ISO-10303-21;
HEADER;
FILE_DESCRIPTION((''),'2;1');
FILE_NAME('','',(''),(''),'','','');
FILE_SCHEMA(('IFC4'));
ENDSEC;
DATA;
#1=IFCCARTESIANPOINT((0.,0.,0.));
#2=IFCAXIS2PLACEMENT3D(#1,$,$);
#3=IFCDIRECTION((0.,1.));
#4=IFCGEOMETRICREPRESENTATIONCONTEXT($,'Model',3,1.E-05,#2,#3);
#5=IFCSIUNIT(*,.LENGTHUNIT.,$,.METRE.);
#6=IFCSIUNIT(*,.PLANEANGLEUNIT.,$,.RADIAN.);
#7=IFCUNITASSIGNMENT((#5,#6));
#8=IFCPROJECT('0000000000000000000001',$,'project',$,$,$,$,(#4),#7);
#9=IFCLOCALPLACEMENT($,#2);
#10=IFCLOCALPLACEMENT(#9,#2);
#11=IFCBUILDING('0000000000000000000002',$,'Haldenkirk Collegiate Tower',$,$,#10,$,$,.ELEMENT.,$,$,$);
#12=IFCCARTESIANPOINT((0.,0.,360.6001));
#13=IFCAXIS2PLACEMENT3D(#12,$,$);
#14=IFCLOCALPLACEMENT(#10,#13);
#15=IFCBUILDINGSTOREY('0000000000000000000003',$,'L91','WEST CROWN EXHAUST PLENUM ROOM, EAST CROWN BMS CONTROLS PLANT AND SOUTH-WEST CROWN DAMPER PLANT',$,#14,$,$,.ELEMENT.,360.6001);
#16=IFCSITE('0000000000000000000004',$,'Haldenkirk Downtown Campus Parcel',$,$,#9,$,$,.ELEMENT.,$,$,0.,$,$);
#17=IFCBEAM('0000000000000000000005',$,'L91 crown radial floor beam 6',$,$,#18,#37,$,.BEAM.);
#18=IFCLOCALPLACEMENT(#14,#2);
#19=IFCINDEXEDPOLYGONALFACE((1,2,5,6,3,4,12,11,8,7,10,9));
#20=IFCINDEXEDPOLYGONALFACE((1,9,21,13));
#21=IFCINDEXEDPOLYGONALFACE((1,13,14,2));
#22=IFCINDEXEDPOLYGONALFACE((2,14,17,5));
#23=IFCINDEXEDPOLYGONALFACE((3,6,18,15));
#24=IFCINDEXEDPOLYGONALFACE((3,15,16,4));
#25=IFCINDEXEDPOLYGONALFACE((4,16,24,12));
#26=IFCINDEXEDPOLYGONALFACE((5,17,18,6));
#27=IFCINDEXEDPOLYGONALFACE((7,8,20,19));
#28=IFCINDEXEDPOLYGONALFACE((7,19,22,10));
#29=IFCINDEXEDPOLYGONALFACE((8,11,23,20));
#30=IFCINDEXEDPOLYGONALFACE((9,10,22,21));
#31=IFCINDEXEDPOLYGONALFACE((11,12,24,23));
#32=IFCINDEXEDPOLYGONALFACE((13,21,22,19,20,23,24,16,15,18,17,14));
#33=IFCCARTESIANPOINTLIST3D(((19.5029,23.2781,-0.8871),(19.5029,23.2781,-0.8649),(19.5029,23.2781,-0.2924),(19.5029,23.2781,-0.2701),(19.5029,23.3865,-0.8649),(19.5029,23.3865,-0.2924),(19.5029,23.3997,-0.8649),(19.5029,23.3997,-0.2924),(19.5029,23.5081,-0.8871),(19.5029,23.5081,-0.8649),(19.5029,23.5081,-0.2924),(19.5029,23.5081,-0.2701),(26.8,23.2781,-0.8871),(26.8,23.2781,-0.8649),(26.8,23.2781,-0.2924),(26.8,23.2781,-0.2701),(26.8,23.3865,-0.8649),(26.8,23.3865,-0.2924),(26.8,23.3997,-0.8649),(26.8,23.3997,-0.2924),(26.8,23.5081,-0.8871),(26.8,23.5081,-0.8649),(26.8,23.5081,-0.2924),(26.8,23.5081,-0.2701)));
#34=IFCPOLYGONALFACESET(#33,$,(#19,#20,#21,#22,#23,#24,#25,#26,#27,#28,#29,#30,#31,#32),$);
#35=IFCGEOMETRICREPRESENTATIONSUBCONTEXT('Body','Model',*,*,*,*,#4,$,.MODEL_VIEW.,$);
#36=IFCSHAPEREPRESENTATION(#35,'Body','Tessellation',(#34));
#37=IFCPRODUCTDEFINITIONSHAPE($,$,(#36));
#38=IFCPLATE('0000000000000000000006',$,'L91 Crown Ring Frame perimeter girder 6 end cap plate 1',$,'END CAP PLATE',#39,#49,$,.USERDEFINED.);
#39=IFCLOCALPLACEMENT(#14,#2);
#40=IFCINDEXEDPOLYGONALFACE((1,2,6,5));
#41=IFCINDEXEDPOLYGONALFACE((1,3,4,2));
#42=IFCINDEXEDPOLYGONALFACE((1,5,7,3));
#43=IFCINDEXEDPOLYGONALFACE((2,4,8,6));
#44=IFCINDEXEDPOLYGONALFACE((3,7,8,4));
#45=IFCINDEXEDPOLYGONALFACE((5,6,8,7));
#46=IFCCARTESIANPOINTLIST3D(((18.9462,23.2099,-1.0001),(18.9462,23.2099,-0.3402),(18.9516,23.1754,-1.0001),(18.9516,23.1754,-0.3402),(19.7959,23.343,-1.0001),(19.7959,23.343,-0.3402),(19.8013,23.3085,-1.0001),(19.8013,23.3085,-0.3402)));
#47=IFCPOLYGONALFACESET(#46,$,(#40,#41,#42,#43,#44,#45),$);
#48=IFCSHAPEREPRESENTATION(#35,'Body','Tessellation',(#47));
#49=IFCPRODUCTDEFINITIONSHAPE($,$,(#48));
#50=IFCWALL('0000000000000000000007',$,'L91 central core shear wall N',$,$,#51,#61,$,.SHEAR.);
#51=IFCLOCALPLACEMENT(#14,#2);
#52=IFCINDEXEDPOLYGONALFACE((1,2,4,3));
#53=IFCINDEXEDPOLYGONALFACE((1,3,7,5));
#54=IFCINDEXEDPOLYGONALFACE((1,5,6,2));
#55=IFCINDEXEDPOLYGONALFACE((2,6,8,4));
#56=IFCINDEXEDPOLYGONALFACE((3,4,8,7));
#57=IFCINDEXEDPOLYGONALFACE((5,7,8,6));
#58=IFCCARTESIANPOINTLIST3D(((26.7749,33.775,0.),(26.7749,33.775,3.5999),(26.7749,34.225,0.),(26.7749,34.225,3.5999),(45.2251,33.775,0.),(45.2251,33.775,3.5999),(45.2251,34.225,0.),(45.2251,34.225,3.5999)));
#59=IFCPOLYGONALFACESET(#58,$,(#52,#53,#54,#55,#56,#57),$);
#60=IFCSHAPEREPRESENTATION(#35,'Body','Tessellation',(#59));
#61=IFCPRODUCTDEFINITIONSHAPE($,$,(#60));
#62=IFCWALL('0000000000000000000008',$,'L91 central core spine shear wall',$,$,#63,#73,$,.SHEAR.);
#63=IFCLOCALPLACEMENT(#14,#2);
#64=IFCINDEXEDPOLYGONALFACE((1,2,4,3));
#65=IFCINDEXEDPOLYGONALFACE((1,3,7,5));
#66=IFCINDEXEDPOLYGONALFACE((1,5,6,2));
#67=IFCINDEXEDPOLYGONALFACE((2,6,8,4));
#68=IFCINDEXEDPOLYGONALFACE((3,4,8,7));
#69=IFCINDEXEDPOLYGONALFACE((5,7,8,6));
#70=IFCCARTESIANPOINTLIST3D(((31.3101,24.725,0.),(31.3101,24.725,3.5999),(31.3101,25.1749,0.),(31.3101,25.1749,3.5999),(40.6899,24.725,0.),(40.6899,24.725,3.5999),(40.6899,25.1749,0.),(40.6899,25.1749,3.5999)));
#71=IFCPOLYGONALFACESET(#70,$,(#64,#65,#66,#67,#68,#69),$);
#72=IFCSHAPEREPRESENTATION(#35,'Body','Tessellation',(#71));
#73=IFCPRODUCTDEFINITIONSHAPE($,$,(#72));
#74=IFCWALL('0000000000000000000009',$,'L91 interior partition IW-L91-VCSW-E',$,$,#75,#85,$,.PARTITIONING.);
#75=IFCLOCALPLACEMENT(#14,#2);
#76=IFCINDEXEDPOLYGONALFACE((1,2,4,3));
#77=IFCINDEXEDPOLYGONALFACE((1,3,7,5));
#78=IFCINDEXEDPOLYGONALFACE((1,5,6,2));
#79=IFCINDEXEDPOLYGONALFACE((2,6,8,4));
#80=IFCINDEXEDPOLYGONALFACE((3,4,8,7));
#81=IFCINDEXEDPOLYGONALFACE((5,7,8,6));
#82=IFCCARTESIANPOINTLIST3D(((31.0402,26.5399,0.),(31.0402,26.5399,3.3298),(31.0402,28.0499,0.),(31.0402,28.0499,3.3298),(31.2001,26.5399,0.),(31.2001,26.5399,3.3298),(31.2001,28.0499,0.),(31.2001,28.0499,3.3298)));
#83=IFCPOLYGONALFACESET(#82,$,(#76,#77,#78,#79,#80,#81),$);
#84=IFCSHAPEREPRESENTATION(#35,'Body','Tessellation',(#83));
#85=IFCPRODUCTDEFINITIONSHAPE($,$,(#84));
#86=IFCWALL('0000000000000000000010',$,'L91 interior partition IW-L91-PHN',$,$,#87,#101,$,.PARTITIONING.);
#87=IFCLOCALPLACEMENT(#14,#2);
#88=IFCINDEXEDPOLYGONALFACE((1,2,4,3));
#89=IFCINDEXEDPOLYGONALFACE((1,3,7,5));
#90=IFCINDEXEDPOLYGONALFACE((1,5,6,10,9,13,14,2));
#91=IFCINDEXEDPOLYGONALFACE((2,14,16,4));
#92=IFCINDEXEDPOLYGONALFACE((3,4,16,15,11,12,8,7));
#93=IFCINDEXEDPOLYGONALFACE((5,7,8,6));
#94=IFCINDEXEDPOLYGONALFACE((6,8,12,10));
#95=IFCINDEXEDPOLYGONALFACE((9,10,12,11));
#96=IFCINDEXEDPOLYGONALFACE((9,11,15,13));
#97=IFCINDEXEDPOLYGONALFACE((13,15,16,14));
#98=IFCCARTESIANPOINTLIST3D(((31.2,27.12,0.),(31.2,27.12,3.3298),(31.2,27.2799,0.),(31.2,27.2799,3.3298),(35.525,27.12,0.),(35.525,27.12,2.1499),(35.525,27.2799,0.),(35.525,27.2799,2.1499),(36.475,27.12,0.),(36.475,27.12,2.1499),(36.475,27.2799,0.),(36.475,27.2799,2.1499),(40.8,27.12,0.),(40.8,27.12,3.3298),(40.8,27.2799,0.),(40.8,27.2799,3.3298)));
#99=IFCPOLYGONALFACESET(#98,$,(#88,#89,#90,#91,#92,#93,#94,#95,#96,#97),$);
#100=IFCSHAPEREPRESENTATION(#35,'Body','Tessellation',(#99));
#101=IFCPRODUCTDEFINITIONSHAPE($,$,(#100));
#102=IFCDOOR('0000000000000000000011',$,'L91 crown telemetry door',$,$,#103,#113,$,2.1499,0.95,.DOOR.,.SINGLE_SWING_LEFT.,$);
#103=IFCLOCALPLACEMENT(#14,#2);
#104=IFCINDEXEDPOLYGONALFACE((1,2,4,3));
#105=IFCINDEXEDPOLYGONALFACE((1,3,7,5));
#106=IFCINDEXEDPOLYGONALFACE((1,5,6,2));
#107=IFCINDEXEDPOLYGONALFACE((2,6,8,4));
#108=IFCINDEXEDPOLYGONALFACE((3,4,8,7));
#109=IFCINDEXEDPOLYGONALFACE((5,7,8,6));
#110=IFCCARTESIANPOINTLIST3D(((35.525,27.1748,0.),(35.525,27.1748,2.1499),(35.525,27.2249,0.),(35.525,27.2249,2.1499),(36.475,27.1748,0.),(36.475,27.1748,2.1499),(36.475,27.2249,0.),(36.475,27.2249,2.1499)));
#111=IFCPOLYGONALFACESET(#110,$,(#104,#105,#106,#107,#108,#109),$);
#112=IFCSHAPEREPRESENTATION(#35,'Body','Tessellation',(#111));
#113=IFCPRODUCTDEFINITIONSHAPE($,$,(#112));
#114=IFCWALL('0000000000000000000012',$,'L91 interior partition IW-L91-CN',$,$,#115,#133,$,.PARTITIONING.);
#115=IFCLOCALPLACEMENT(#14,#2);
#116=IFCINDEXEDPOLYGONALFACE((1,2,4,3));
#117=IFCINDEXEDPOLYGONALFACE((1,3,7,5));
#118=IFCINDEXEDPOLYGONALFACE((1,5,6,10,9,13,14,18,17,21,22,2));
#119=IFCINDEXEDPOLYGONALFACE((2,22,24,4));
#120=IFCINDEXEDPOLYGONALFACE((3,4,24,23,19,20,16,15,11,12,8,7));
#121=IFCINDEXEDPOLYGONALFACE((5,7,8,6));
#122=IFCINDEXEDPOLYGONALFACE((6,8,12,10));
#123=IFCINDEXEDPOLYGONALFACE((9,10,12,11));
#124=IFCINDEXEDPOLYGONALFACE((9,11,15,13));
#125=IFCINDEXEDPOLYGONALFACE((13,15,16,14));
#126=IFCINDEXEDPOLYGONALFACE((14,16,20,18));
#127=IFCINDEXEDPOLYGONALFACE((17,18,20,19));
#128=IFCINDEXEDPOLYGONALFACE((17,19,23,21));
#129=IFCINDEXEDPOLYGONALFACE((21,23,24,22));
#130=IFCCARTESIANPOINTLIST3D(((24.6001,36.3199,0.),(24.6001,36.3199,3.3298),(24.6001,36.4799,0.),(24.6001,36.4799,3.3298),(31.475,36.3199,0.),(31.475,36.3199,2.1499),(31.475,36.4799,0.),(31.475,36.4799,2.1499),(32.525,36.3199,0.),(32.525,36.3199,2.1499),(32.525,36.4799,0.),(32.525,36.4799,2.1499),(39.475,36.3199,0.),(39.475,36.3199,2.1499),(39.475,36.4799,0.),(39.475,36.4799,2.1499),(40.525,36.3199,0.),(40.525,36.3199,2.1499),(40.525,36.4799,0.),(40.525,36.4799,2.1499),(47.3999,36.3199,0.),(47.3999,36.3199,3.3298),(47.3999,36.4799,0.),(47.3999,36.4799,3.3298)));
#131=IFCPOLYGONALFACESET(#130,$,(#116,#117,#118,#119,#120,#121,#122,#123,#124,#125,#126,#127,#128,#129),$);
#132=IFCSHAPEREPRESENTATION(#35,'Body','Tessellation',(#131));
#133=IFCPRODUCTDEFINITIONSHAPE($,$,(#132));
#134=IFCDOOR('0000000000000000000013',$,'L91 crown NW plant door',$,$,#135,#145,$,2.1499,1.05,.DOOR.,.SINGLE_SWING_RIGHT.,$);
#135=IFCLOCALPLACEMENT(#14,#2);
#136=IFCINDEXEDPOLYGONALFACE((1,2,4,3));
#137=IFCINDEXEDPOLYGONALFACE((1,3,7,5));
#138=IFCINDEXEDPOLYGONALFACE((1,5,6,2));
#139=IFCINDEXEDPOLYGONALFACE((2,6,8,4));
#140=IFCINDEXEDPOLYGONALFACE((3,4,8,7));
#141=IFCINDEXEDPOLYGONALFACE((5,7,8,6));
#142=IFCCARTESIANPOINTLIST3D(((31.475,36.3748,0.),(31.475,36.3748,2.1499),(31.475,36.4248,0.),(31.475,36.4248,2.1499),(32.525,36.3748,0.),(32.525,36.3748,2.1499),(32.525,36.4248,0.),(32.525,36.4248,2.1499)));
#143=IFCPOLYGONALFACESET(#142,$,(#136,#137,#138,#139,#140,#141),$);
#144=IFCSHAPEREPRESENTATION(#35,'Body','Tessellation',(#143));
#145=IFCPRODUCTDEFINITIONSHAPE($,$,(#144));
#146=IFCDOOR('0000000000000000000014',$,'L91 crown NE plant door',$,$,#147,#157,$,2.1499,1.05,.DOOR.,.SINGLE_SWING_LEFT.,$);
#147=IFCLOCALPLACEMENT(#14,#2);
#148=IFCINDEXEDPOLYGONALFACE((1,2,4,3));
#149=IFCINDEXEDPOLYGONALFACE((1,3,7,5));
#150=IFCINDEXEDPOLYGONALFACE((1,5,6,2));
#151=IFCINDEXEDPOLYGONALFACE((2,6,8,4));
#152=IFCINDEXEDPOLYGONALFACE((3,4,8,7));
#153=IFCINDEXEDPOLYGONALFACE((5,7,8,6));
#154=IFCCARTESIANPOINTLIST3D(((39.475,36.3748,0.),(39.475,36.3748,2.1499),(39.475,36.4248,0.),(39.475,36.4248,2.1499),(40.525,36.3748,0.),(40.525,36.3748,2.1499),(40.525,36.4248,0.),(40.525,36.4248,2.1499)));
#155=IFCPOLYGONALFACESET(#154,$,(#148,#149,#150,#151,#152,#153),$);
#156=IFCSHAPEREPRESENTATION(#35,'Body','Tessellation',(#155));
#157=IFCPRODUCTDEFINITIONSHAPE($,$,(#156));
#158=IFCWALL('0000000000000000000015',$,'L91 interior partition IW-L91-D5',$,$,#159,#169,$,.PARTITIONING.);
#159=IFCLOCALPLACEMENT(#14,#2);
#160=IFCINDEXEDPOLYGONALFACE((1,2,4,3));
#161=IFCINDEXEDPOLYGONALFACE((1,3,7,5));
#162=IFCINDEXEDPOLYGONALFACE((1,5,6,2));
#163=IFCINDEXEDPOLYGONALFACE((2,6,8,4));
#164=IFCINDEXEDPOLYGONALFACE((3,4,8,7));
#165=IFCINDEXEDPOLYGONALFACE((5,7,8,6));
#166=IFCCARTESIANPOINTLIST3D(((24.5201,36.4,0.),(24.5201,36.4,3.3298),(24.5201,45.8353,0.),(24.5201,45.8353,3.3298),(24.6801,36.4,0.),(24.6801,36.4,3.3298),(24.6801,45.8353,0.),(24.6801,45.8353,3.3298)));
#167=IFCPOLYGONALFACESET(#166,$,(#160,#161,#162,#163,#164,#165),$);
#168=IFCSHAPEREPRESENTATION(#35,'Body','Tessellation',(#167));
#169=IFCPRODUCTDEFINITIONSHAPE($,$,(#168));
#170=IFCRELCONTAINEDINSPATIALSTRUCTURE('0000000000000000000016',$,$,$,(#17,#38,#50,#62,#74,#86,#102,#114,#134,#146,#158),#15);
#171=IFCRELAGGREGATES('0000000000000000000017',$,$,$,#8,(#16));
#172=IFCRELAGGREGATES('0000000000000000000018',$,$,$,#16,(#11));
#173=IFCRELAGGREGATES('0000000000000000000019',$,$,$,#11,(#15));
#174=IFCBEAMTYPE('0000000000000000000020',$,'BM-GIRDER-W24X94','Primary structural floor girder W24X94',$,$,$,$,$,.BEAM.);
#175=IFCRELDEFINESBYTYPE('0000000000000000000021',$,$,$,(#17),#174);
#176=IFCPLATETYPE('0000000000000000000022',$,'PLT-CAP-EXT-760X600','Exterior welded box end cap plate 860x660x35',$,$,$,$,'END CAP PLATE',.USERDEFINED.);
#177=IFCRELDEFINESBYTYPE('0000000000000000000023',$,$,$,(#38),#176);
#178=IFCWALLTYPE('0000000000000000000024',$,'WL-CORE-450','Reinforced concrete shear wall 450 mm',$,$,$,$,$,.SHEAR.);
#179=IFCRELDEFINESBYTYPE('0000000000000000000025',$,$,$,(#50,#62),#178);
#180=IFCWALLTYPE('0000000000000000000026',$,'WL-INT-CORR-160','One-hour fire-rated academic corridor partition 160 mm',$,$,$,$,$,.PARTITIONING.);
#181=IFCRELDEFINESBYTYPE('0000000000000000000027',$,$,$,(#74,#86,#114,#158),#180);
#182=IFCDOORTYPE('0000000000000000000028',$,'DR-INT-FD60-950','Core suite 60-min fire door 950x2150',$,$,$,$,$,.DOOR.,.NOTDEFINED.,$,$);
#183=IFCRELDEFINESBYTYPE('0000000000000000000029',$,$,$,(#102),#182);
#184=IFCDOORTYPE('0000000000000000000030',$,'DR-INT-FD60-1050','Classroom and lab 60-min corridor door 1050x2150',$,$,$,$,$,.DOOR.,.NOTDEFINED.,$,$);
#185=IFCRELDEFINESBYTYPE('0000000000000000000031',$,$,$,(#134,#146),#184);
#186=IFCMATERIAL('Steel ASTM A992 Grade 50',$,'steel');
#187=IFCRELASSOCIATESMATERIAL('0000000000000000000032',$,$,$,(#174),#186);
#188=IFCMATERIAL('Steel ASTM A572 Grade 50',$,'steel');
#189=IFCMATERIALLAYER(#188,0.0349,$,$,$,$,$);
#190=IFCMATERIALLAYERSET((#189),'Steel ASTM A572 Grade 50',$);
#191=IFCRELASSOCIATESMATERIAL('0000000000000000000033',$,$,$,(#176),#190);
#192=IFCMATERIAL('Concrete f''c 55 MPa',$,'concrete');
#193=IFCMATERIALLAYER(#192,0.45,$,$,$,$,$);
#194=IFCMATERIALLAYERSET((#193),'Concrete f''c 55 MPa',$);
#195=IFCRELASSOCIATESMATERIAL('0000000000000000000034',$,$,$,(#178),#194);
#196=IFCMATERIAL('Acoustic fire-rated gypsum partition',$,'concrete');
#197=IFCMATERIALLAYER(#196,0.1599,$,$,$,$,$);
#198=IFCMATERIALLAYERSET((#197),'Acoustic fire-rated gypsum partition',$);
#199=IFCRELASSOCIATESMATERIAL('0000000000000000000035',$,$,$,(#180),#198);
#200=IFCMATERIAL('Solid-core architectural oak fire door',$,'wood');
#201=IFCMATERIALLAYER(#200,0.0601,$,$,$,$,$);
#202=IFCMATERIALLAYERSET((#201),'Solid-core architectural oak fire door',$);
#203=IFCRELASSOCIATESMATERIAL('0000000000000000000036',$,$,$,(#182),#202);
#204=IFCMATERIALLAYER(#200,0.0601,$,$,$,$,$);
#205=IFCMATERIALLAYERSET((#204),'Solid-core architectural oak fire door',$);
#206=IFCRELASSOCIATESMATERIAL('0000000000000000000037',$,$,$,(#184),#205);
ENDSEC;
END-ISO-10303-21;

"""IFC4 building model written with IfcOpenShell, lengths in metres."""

from ifc_helpers import new_model, si_unit, direction, frame, frame_2d, origin, origin_2d, place, context, subcontext, project, spatial, rectangle, i_section, extrude, source, transform, mapped, material, layer, layer_set, material_profile, profile_set, type_object, element, fill, save


model = new_model("IFC4")

# Units and contexts
model_context = context("Model", 3, precision=1e-05, world=origin(), true_north=direction((0.0, 1.0)))
body_context = subcontext(model_context, "Body", "Model", "MODEL_VIEW")
ifc_project = project(units=[si_unit("LENGTHUNIT", "METRE"), si_unit("PLANEANGLEUNIT", "RADIAN")], contexts=[model_context])

# Site, building, storey
site_placement = place(None, origin())
site = spatial("IfcSite", under=ifc_project, at=site_placement, Name="Haldenkirk Downtown Campus Parcel", CompositionType="ELEMENT", RefElevation=0.0)
building_placement = place(site_placement, origin())
building = spatial("IfcBuilding", under=site, at=building_placement, Name="Haldenkirk Collegiate Tower", CompositionType="ELEMENT")
storey_placement = place(building_placement, frame((0.0, 0.0, 360.6001)))
storey = spatial("IfcBuildingStorey", under=building, at=storey_placement, Name="L91", Description="WEST CROWN EXHAUST PLENUM ROOM, EAST CROWN BMS CONTROLS PLANT AND SOUTH-WEST CROWN DAMPER PLANT", CompositionType="ELEMENT", Elevation=360.6001)

# Beam
ifc_material_1 = material(Name="Steel ASTM A992 Grade 50", Category="steel")
ifc_material_profile = material_profile(ifc_material_1, i_section(OverallWidth=0.23, OverallDepth=0.6169, WebThickness=0.0132, FlangeThickness=0.0222, at=origin_2d()), Name="W24X94")
ifc_profile_set = profile_set([ifc_material_profile], Name="Steel ASTM A992 Grade 50")
beam_type = type_object("IfcBeamType", Name="BM-GIRDER-W24X94", Description="Primary structural floor girder W24X94", PredefinedType="BEAM", material=ifc_profile_set)
beam_placement = place(storey_placement, frame((19.5029, 23.3931, -0.5786), z_axis=(1.0, 0.0, 0.0), x_axis=(0.0, 1.0, 0.0)))
element("IfcBeam", 1, at=beam_placement, inside=storey, type_object=beam_type, Name="L91 crown radial floor beam 6", PredefinedType="BEAM", context=body_context, shape_type="SweptSolid", body=[
    extrude(i_section(OverallWidth=0.23, OverallDepth=0.6169, WebThickness=0.0132, FlangeThickness=0.0222, at=origin_2d()), origin(), (0.0, 0.0, 1.0), 7.2971),
])

# Plate
ifc_material_2 = material(Name="Steel ASTM A572 Grade 50", Category="steel")
ifc_layer_1 = layer(ifc_material_2, 0.0349)
ifc_layer_set_1 = layer_set([ifc_layer_1], Name="Steel ASTM A572 Grade 50")
plate_type = type_object("IfcPlateType", Name="PLT-CAP-EXT-760X600", Description="Exterior welded box end cap plate 860x660x35", ElementType="END CAP PLATE", PredefinedType="USERDEFINED", material=ifc_layer_set_1)
shared_shape = source(origin(), body_context, "Body", "SweptSolid", [
    extrude(rectangle(XDim=0.8601, YDim=0.6599, at=origin_2d()), origin(), (0.0, 0.0, 1.0), 0.0349),
])
plate_placement = place(storey_placement, frame((19.3765, 23.2419, -0.6702), z_axis=(-0.154711, 0.98796, 0.0), x_axis=(-0.98796, -0.154711, 0.0)))
element("IfcPlate", 2, at=plate_placement, inside=storey, type_object=plate_type, Name="L91 Crown Ring Frame perimeter girder 6 end cap plate 1", ObjectType="END CAP PLATE", PredefinedType="USERDEFINED", context=body_context, shape_type="MappedRepresentation", body=[
    mapped(shared_shape, transform((0.0, 0.0, 0.0), x_axis=(1.0, 0.0, 0.0), y_axis=(0.0, 1.0, 0.0), z_axis=(0.0, 0.0, 1.0), scale=1.0)),
])

# Walls
ifc_material_3 = material(Name="Concrete f'c 55 MPa", Category="concrete")
ifc_layer_2 = layer(ifc_material_3, 0.45)
ifc_layer_set_2 = layer_set([ifc_layer_2], Name="Concrete f'c 55 MPa")
wall_type_1 = type_object("IfcWallType", Name="WL-CORE-450", Description="Reinforced concrete shear wall 450 mm", PredefinedType="SHEAR", material=ifc_layer_set_2)
wall_1_placement = place(storey_placement, frame((26.7749, 34.0, 0.0), z_axis=(0.0, 0.0, 1.0), x_axis=(1.0, 0.0, 0.0)))
element("IfcWall", 3, at=wall_1_placement, inside=storey, type_object=wall_type_1, Name="L91 central core shear wall N", PredefinedType="SHEAR", context=body_context, shape_type="SweptSolid", body=[
    extrude(rectangle(XDim=18.4502, YDim=0.45, at=frame_2d((9.2251, 0.0))), origin(), (0.0, 0.0, 1.0), 3.5999),
])
wall_2_placement = place(storey_placement, frame((31.3101, 24.95, 0.0), z_axis=(0.0, 0.0, 1.0), x_axis=(1.0, 0.0, 0.0)))
element("IfcWall", 4, at=wall_2_placement, inside=storey, type_object=wall_type_1, Name="L91 central core spine shear wall", PredefinedType="SHEAR", context=body_context, shape_type="SweptSolid", body=[
    extrude(rectangle(XDim=9.3799, YDim=0.45, at=frame_2d((4.6899, 0.0))), origin(), (0.0, 0.0, 1.0), 3.5999),
])

# Shared definitions
ifc_material_4 = material(Name="Acoustic fire-rated gypsum partition", Category="concrete")
ifc_layer_3 = layer(ifc_material_4, 0.1599)
ifc_layer_set_3 = layer_set([ifc_layer_3], Name="Acoustic fire-rated gypsum partition")
wall_type_2 = type_object("IfcWallType", Name="WL-INT-CORR-160", Description="One-hour fire-rated academic corridor partition 160 mm", PredefinedType="PARTITIONING", material=ifc_layer_set_3)
ifc_material_5 = material(Name="Solid-core architectural oak fire door", Category="wood")
ifc_layer_4 = layer(ifc_material_5, 0.0601)
ifc_layer_set_4 = layer_set([ifc_layer_4], Name="Solid-core architectural oak fire door")
door_type_1 = type_object("IfcDoorType", Name="DR-INT-FD60-950", Description="Core suite 60-min fire door 950x2150", OperationType="NOTDEFINED", PredefinedType="DOOR", material=ifc_layer_set_4)

# Wall
wall_3_placement = place(storey_placement, frame((31.1201, 26.54, 0.0), z_axis=(0.0, 0.0, 1.0), x_axis=(0.0, 1.0, 0.0)))
element("IfcWall", 5, at=wall_3_placement, inside=storey, type_object=wall_type_2, Name="L91 interior partition IW-L91-VCSW-E", PredefinedType="PARTITIONING", context=body_context, shape_type="SweptSolid", body=[
    extrude(rectangle(XDim=1.51, YDim=0.1599, at=frame_2d((0.7549, 0.0))), origin(), (0.0, 0.0, 1.0), 3.3298),
])

# Wall, opening, door
wall_4_placement = place(storey_placement, frame((31.2, 27.2, 0.0), z_axis=(0.0, 0.0, 1.0), x_axis=(1.0, 0.0, 0.0)))
wall_4 = element("IfcWall", 6, at=wall_4_placement, inside=storey, type_object=wall_type_2, Name="L91 interior partition IW-L91-PHN", PredefinedType="PARTITIONING", context=body_context, shape_type="SweptSolid", body=[
    extrude(rectangle(XDim=9.6001, YDim=0.1599, at=frame_2d((4.8, 0.0))), origin(), (0.0, 0.0, 1.0), 3.3298),
])
opening_1_placement = place(wall_4_placement, frame((4.325, 0.0, 0.0)))
opening_1 = element("IfcOpeningElement", 7, at=opening_1_placement, cuts=wall_4, PredefinedType="OPENING", context=body_context, shape_type="SweptSolid", body=[
    extrude(rectangle(XDim=0.95, YDim=2.1499, at=frame_2d((0.4751, 1.075))), frame((0.0, 0.0898, 0.0), z_axis=(0.0, -1.0, 0.0), x_axis=(1.0, 0.0, 0.0)), (0.0, 0.0, 1.0), 0.1799),
])
door_1_placement = place(opening_1_placement, origin())
door_1 = element("IfcDoor", 8, at=door_1_placement, inside=storey, type_object=door_type_1, Name="L91 crown telemetry door", OperationType="SINGLE_SWING_LEFT", OverallHeight=2.1499, OverallWidth=0.95, PredefinedType="DOOR", context=body_context, shape_type="SweptSolid", body=[
    extrude(rectangle(XDim=0.95, YDim=2.1499, at=frame_2d((0.4751, 1.075))), frame((0.0, 0.0249, 0.0), z_axis=(0.0, -1.0, 0.0), x_axis=(1.0, 0.0, 0.0)), (0.0, 0.0, 1.0), 0.05),
])
fill(opening_1, door_1)

# Wall, openings, doors
wall_5_placement = place(storey_placement, frame((24.6001, 36.3999, 0.0), z_axis=(0.0, 0.0, 1.0), x_axis=(1.0, 0.0, 0.0)))
wall_5 = element("IfcWall", 9, at=wall_5_placement, inside=storey, type_object=wall_type_2, Name="L91 interior partition IW-L91-CN", PredefinedType="PARTITIONING", context=body_context, shape_type="SweptSolid", body=[
    extrude(rectangle(XDim=22.7998, YDim=0.1599, at=frame_2d((11.3999, 0.0))), origin(), (0.0, 0.0, 1.0), 3.3298),
])
opening_2_placement = place(wall_5_placement, frame((6.875, 0.0, 0.0)))
opening_2 = element("IfcOpeningElement", 10, at=opening_2_placement, cuts=wall_5, PredefinedType="OPENING", context=body_context, shape_type="SweptSolid", body=[
    extrude(rectangle(XDim=1.05, YDim=2.1499, at=frame_2d((0.5249, 1.075))), frame((0.0, 0.0898, 0.0), z_axis=(0.0, -1.0, 0.0), x_axis=(1.0, 0.0, 0.0)), (0.0, 0.0, 1.0), 0.1799),
])
opening_3_placement = place(wall_5_placement, frame((14.875, 0.0, 0.0)))
opening_3 = element("IfcOpeningElement", 11, at=opening_3_placement, cuts=wall_5, PredefinedType="OPENING", context=body_context, shape_type="SweptSolid", body=[
    extrude(rectangle(XDim=1.05, YDim=2.1499, at=frame_2d((0.5249, 1.075))), frame((0.0, 0.0898, 0.0), z_axis=(0.0, -1.0, 0.0), x_axis=(1.0, 0.0, 0.0)), (0.0, 0.0, 1.0), 0.1799),
])
ifc_layer_5 = layer(ifc_material_5, 0.0601)
ifc_layer_set_5 = layer_set([ifc_layer_5], Name="Solid-core architectural oak fire door")
door_type_2 = type_object("IfcDoorType", Name="DR-INT-FD60-1050", Description="Classroom and lab 60-min corridor door 1050x2150", OperationType="NOTDEFINED", PredefinedType="DOOR", material=ifc_layer_set_5)
door_2_placement = place(opening_2_placement, origin())
door_2 = element("IfcDoor", 12, at=door_2_placement, inside=storey, type_object=door_type_2, Name="L91 crown NW plant door", OperationType="SINGLE_SWING_RIGHT", OverallHeight=2.1499, OverallWidth=1.05, PredefinedType="DOOR", context=body_context, shape_type="SweptSolid", body=[
    extrude(rectangle(XDim=1.05, YDim=2.1499, at=frame_2d((0.5249, 1.075))), frame((0.0, 0.0249, 0.0), z_axis=(0.0, -1.0, 0.0), x_axis=(1.0, 0.0, 0.0)), (0.0, 0.0, 1.0), 0.05),
])
fill(opening_2, door_2)
door_3_placement = place(opening_3_placement, origin())
door_3 = element("IfcDoor", 13, at=door_3_placement, inside=storey, type_object=door_type_2, Name="L91 crown NE plant door", OperationType="SINGLE_SWING_LEFT", OverallHeight=2.1499, OverallWidth=1.05, PredefinedType="DOOR", context=body_context, shape_type="SweptSolid", body=[
    extrude(rectangle(XDim=1.05, YDim=2.1499, at=frame_2d((0.5249, 1.075))), frame((0.0, 0.0249, 0.0), z_axis=(0.0, -1.0, 0.0), x_axis=(1.0, 0.0, 0.0)), (0.0, 0.0, 1.0), 0.05),
])
fill(opening_3, door_3)

# Wall
wall_6_placement = place(storey_placement, frame((24.6001, 36.3999, 0.0), z_axis=(0.0, 0.0, 1.0), x_axis=(0.0, 1.0, 0.0)))
element("IfcWall", 14, at=wall_6_placement, inside=storey, type_object=wall_type_2, Name="L91 interior partition IW-L91-D5", PredefinedType="PARTITIONING", context=body_context, shape_type="SweptSolid", body=[
    extrude(rectangle(XDim=9.4353, YDim=0.1599, at=frame_2d((4.7178, 0.0))), origin(), (0.0, 0.0, 1.0), 3.3298),
])

save(model, "model.ifc")
